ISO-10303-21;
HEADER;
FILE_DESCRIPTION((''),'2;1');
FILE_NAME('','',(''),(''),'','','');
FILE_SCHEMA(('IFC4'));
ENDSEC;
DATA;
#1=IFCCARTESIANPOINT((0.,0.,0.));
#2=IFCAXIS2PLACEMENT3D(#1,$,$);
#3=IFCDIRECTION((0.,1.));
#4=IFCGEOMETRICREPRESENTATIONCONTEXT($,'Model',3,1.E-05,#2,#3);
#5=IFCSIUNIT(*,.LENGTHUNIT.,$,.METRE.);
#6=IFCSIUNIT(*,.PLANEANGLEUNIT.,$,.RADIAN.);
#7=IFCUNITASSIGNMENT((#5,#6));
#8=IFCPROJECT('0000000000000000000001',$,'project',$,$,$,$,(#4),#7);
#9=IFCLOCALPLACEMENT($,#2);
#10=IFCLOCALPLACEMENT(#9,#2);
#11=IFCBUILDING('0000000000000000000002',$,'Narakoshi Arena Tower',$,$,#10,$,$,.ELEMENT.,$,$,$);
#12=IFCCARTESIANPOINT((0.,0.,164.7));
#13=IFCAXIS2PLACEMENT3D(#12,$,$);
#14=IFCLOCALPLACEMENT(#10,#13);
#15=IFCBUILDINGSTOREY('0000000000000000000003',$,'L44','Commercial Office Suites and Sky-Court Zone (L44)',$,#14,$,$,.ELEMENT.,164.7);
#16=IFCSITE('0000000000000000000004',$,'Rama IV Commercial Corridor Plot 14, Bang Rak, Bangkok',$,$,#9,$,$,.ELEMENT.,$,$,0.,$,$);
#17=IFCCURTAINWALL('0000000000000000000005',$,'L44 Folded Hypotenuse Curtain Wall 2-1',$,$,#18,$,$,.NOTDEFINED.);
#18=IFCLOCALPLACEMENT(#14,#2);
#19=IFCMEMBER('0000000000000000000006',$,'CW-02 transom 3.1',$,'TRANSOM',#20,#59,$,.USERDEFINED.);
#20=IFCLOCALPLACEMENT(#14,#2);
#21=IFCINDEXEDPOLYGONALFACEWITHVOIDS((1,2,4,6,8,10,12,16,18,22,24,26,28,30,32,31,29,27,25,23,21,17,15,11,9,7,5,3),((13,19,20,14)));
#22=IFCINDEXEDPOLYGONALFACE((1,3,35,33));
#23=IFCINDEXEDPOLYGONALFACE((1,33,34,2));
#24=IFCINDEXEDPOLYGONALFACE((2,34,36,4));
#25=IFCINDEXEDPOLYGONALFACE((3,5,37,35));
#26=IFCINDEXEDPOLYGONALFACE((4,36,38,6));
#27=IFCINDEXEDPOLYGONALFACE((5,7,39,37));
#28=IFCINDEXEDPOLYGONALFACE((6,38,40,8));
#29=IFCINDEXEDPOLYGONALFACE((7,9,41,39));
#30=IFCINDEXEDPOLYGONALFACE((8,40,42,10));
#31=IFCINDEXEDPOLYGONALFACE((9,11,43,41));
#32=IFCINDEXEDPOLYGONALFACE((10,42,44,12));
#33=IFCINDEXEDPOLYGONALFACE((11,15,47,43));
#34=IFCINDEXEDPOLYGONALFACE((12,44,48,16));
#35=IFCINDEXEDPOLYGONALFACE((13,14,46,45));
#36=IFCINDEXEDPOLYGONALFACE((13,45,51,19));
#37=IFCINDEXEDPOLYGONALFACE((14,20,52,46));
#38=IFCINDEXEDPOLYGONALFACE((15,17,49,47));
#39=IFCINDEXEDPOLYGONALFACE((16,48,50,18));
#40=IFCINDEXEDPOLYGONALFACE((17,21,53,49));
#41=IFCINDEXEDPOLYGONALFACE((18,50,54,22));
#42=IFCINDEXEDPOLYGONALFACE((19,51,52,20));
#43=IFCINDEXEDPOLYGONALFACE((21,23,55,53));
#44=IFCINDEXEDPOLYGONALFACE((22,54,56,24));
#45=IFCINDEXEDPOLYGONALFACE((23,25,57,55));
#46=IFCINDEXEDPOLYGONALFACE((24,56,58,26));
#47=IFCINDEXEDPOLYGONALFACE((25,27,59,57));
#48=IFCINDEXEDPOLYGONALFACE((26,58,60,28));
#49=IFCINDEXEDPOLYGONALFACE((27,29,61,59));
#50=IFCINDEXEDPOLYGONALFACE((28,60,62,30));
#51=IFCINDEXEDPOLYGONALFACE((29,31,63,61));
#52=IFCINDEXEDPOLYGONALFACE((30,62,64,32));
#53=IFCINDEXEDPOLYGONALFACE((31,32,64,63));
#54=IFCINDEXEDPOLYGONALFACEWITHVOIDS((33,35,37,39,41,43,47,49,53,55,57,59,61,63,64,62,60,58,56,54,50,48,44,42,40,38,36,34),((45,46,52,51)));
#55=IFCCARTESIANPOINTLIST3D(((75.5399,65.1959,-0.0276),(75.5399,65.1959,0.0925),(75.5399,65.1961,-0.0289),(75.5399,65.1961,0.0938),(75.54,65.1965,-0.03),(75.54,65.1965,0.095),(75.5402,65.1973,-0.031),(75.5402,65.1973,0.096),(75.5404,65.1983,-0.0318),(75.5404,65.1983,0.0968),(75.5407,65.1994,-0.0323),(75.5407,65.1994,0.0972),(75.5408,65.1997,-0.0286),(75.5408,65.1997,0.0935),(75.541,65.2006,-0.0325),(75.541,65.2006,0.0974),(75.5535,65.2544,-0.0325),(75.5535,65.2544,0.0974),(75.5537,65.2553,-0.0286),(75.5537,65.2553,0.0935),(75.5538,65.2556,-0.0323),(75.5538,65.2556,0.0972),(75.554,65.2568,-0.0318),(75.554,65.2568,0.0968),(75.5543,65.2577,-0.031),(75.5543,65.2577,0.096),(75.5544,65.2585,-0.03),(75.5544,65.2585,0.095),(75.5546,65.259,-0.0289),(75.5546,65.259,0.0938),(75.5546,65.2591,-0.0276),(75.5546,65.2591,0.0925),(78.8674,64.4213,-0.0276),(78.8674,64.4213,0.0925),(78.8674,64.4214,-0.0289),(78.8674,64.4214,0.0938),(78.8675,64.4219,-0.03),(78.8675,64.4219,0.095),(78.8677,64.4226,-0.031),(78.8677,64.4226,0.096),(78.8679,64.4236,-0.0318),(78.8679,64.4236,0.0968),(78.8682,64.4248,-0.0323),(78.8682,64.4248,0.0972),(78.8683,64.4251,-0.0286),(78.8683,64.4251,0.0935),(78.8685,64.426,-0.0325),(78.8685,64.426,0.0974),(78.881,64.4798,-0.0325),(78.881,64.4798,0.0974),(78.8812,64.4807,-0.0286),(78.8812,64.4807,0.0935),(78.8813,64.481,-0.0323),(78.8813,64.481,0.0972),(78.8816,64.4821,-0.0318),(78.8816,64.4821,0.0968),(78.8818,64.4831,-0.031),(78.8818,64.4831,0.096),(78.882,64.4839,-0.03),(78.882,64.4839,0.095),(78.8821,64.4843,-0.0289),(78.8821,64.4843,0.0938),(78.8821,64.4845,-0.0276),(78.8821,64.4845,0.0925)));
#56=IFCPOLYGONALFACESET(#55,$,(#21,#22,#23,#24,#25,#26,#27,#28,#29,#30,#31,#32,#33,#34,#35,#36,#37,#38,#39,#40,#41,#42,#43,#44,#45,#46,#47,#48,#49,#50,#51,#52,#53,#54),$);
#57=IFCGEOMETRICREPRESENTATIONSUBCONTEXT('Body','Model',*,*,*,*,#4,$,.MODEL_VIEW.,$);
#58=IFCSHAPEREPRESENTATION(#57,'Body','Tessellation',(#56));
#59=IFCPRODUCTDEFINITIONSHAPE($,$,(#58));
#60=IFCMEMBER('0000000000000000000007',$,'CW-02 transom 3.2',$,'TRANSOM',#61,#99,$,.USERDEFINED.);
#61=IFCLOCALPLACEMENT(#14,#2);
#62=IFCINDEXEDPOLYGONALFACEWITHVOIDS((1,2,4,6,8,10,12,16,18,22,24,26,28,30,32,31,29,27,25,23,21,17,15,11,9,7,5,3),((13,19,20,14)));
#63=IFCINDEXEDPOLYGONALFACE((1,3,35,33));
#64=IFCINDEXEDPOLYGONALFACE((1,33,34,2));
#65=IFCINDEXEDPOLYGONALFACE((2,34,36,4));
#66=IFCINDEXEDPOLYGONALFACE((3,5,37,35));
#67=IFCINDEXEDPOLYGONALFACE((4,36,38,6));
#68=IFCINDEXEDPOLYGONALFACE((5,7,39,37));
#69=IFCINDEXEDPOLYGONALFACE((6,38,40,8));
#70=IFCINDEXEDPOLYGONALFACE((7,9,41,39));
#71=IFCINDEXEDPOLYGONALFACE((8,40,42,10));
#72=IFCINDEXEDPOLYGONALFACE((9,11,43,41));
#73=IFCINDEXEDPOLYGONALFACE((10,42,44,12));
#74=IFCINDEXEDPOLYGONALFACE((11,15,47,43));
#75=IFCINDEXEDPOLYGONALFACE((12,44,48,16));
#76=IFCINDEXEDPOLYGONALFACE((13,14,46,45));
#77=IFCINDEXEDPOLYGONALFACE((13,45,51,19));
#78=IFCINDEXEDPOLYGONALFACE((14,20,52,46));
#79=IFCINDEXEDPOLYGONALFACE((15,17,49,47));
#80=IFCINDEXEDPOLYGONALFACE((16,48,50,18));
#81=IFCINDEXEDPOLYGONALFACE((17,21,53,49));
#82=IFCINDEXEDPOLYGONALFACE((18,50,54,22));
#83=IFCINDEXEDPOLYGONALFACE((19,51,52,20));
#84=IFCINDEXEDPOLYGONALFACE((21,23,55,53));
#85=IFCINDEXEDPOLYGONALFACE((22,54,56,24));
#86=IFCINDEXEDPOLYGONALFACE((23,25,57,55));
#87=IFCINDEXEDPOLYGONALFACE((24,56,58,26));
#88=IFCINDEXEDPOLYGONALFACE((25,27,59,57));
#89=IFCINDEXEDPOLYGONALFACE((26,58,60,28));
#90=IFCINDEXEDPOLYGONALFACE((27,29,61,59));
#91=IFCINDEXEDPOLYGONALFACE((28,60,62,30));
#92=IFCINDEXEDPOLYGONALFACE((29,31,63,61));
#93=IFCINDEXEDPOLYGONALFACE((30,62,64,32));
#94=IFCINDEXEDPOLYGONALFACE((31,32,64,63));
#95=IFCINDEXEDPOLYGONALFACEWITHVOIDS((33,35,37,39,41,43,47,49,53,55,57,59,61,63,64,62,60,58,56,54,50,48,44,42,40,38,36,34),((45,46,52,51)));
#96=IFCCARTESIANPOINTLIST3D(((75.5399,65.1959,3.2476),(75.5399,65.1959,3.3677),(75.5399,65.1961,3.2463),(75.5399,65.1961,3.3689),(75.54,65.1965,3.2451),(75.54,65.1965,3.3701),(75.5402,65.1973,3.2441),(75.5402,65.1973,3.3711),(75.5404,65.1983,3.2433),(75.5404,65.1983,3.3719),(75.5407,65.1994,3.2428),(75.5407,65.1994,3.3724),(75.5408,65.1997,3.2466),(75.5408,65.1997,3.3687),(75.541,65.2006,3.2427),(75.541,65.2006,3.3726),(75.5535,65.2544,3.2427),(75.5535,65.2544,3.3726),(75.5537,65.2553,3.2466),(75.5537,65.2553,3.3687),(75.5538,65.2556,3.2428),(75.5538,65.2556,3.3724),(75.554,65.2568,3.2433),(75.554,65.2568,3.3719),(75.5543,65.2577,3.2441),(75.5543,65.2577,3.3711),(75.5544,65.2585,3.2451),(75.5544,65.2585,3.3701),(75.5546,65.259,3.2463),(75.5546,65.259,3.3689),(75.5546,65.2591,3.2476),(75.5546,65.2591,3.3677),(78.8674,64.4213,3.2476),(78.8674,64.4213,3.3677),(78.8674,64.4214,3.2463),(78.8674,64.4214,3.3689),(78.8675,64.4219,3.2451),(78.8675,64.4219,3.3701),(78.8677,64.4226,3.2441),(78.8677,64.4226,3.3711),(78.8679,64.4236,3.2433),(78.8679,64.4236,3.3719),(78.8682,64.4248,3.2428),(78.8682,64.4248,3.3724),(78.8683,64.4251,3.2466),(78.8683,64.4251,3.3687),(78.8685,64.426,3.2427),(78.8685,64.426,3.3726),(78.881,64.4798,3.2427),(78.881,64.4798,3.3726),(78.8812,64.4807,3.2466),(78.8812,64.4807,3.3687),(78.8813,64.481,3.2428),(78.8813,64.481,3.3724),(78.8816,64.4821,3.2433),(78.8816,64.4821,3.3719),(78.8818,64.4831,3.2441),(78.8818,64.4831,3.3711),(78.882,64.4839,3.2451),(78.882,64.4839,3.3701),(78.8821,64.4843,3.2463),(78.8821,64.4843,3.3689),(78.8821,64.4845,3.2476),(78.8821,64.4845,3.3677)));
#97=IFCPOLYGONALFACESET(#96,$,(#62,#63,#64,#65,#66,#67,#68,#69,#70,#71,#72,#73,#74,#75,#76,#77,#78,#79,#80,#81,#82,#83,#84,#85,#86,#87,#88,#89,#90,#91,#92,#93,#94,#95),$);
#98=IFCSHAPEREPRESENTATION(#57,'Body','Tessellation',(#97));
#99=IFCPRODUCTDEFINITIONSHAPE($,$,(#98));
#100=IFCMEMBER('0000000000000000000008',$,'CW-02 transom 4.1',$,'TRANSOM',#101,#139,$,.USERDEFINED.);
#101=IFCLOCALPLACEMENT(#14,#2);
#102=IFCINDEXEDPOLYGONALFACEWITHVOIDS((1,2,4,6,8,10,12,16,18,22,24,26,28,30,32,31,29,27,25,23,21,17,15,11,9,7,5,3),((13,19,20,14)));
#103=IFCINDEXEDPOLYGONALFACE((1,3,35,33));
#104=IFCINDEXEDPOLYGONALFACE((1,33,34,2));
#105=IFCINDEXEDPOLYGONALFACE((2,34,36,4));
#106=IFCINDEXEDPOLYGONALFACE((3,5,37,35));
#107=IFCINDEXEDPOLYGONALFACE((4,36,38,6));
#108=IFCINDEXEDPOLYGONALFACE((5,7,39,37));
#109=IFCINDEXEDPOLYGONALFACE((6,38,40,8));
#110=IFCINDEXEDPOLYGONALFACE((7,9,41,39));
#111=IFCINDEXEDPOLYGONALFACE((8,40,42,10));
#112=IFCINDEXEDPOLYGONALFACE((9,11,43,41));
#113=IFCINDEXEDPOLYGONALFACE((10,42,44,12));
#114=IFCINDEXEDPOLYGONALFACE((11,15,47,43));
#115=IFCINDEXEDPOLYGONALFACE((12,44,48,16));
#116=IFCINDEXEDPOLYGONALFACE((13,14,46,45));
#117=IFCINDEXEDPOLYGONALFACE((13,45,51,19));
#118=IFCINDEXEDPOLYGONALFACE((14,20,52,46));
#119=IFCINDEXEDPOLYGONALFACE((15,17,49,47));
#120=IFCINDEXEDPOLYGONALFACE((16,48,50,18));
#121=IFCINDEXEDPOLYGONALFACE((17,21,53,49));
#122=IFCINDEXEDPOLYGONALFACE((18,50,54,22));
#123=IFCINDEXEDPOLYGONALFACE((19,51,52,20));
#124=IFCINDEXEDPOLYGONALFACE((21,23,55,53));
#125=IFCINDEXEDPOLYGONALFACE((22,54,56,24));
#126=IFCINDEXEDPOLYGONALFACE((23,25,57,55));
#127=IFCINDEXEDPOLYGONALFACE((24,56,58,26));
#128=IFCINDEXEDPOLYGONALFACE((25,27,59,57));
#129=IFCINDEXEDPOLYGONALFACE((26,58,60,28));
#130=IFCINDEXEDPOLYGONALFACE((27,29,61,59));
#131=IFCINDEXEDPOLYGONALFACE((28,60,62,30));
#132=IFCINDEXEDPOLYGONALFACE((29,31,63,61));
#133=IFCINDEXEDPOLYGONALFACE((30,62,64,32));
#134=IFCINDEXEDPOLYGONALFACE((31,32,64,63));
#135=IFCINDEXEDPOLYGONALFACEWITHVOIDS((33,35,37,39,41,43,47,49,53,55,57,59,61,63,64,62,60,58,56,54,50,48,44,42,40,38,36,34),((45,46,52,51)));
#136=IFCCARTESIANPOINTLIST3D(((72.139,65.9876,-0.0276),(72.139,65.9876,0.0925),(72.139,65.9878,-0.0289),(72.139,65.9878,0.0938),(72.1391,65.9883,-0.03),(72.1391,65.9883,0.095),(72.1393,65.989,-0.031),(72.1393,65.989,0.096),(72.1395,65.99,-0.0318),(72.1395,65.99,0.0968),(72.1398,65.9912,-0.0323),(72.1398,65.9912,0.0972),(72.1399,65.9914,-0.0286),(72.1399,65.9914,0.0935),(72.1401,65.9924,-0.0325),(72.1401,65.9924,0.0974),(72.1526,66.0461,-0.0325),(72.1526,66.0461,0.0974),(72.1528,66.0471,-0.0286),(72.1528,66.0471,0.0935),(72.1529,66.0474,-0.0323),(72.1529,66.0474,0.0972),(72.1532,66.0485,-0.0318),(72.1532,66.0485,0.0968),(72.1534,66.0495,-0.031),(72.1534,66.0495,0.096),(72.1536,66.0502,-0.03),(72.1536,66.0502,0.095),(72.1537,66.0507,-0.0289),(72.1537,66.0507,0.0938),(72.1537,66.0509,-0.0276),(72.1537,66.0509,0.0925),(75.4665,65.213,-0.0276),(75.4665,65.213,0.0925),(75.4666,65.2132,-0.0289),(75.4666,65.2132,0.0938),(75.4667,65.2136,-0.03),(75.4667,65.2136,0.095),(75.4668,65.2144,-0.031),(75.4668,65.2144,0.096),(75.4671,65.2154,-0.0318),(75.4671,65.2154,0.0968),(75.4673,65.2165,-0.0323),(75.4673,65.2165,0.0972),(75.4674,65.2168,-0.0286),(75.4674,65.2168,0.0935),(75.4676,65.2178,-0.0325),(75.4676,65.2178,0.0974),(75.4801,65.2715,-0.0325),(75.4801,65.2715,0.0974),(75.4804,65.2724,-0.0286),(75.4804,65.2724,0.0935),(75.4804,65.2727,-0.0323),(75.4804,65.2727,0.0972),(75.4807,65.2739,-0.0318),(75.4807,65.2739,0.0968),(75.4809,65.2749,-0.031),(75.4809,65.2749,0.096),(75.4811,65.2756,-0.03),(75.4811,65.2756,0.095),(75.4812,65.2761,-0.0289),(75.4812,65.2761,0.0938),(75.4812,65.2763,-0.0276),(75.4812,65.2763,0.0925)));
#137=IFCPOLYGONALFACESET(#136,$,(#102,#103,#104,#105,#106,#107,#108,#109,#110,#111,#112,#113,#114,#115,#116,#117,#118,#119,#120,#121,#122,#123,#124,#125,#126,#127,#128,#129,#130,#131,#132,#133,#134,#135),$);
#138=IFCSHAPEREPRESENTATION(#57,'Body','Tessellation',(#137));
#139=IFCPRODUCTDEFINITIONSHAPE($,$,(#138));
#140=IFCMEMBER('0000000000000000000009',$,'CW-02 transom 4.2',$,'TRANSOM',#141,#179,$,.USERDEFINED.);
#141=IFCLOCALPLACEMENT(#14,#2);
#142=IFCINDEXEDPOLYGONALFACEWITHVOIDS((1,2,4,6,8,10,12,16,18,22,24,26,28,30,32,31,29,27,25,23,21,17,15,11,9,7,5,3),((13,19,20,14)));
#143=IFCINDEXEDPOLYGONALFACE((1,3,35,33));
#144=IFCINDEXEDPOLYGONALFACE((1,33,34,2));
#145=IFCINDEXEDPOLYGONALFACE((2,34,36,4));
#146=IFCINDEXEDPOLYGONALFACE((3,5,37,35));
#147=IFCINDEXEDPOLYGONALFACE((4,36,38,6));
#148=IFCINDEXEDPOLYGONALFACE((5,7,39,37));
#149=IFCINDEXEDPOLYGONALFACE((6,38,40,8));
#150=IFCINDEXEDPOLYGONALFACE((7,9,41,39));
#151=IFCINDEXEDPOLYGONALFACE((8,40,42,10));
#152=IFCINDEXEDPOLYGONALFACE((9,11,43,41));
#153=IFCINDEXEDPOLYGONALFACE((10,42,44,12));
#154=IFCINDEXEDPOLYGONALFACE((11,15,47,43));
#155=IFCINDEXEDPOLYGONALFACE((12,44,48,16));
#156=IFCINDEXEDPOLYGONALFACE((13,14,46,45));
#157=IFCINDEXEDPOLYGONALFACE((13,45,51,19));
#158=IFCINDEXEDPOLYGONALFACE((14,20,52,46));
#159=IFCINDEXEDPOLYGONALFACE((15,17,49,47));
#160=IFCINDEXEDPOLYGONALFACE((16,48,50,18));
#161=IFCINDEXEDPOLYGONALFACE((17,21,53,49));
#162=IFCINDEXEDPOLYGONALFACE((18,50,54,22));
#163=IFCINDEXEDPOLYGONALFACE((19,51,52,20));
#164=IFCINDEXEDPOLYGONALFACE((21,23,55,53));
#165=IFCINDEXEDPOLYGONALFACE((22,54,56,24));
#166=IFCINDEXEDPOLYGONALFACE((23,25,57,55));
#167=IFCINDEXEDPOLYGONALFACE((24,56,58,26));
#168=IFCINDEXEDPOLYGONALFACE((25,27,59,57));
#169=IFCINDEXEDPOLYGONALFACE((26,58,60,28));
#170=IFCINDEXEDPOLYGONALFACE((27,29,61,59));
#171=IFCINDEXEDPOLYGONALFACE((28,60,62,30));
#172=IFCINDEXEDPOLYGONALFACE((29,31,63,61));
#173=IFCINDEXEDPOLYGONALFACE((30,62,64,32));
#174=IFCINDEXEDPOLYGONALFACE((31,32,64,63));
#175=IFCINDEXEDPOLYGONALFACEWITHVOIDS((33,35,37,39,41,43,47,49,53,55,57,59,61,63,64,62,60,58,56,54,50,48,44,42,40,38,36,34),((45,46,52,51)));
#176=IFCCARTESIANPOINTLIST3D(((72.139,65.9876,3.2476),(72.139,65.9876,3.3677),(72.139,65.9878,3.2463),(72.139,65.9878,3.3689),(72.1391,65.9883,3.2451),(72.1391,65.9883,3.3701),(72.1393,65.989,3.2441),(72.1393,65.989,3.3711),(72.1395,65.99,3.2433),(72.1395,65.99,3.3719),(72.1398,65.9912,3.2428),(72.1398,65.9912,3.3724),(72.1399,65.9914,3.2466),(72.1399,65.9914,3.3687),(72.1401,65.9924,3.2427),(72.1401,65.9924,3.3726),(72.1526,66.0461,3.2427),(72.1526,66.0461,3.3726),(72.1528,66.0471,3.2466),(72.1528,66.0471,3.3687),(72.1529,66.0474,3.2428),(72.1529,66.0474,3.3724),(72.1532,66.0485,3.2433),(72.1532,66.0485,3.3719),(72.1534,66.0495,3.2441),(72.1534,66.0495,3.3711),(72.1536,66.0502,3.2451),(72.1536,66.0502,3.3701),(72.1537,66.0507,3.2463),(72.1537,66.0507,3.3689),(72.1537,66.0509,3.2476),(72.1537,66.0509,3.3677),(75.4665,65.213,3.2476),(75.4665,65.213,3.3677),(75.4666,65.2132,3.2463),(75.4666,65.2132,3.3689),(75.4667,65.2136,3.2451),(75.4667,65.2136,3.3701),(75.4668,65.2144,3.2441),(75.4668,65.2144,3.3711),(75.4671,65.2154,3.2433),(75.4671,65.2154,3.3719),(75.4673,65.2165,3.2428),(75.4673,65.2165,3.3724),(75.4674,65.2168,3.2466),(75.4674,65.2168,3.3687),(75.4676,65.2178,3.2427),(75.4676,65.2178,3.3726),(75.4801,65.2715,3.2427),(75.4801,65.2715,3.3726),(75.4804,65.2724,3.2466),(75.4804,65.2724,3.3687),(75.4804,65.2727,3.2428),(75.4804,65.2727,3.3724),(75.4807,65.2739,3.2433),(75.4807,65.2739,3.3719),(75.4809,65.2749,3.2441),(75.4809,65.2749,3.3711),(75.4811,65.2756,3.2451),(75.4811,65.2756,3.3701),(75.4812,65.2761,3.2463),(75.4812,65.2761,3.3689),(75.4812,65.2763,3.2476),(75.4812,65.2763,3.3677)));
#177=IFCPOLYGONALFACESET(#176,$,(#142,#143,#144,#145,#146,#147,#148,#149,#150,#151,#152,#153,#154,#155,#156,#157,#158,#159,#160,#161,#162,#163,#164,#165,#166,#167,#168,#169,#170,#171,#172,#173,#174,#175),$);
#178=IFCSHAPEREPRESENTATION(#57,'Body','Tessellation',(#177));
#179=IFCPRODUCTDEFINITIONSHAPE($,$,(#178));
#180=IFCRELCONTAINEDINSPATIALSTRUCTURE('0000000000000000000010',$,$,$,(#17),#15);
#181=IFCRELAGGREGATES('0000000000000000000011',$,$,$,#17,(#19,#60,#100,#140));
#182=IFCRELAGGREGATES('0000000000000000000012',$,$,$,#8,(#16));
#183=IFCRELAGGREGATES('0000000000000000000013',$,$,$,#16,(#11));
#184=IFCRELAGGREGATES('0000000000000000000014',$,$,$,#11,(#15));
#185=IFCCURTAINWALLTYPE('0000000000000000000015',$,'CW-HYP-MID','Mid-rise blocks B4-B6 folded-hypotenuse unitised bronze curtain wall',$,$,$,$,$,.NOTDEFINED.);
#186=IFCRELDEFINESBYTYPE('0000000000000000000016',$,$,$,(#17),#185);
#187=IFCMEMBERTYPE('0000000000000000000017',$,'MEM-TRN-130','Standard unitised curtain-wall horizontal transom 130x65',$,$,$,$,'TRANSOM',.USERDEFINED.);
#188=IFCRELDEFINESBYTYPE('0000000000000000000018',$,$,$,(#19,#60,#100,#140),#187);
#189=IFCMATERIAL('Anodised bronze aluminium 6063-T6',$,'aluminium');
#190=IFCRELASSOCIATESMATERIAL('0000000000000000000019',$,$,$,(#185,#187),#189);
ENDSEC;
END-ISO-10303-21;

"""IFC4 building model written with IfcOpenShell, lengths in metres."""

from ifc_helpers import new_model, si_unit, direction, frame, origin, origin_2d, place, context, subcontext, project, spatial, hollow_rectangle, extrude, material, material_profile, profile_set, type_object, element, aggregate, save


model = new_model("IFC4")

# Units and contexts
model_context = context("Model", 3, precision=1e-05, world=origin(), true_north=direction((0.0, 1.0)))
body_context = subcontext(model_context, "Body", "Model", "MODEL_VIEW")
ifc_project = project(units=[si_unit("LENGTHUNIT", "METRE"), si_unit("PLANEANGLEUNIT", "RADIAN")], contexts=[model_context])

# Site, building, storey
site_placement = place(None, origin())
site = spatial("IfcSite", under=ifc_project, at=site_placement, Name="Rama IV Commercial Corridor Plot 14, Bang Rak, Bangkok", CompositionType="ELEMENT", RefElevation=0.0)
building_placement = place(site_placement, origin())
building = spatial("IfcBuilding", under=site, at=building_placement, Name="Narakoshi Arena Tower", CompositionType="ELEMENT")
storey_placement = place(building_placement, frame((0.0, 0.0, 164.7)))
storey = spatial("IfcBuildingStorey", under=building, at=storey_placement, Name="L44", Description="Commercial Office Suites and Sky-Court Zone (L44)", CompositionType="ELEMENT", Elevation=164.7)

# Curtain wall, members
ifc_material_1 = material(Name="Anodised bronze aluminium 6063-T6", Category="aluminium")
curtain_wall_type = type_object("IfcCurtainWallType", Name="CW-HYP-MID", Description="Mid-rise blocks B4-B6 folded-hypotenuse unitised bronze curtain wall", PredefinedType="NOTDEFINED", material=ifc_material_1)
curtain_wall_placement = place(storey_placement, origin())
curtain_wall = element("IfcCurtainWall", 1, at=curtain_wall_placement, inside=storey, type_object=curtain_wall_type, Name="L44 Folded Hypotenuse Curtain Wall 2-1", PredefinedType="NOTDEFINED")
ifc_material_profile_1 = material_profile(ifc_material_1, hollow_rectangle(XDim=0.0649, YDim=0.1299, WallThickness=0.0039, OuterFilletRadius=0.0049, at=origin_2d()), Name="TRN130x65x4")
ifc_profile_set_1 = profile_set([ifc_material_profile_1], Name="Anodised bronze aluminium 6063-T6")
member_type_1 = type_object("IfcMemberType", Name="MEM-TRN-130", Description="Standard unitised curtain-wall horizontal transom 130x65", ElementType="TRANSOM", PredefinedType="USERDEFINED", material=ifc_profile_set_1)
member_1_placement = place(storey_placement, frame((78.8748, 64.4529, 0.0325), z_axis=(-0.973957, 0.226733, 0.0), x_axis=(-0.226733, -0.973957, 0.0)))
member_1 = element("IfcMember", 2, at=member_1_placement, type_object=member_type_1, Name="CW-02 transom 3.1", ObjectType="TRANSOM", PredefinedType="USERDEFINED", context=body_context, shape_type="SweptSolid", body=[
    extrude(hollow_rectangle(XDim=0.0649, YDim=0.1299, WallThickness=0.0039, OuterFilletRadius=0.0049, at=origin_2d()), origin(), (0.0, 0.0, 1.0), 3.4165),
])
member_2_placement = place(storey_placement, frame((78.8748, 64.4529, 3.3076), z_axis=(-0.973957, 0.226733, 0.0), x_axis=(-0.226733, -0.973957, 0.0)))
member_2 = element("IfcMember", 3, at=member_2_placement, type_object=member_type_1, Name="CW-02 transom 3.2", ObjectType="TRANSOM", PredefinedType="USERDEFINED", context=body_context, shape_type="SweptSolid", body=[
    extrude(hollow_rectangle(XDim=0.0649, YDim=0.1299, WallThickness=0.0039, OuterFilletRadius=0.0049, at=origin_2d()), origin(), (0.0, 0.0, 1.0), 3.4165),
])
member_3_placement = place(storey_placement, frame((75.4739, 65.2446, 0.0325), z_axis=(-0.973957, 0.226733, 0.0), x_axis=(-0.226733, -0.973957, 0.0)))
member_3 = element("IfcMember", 4, at=member_3_placement, type_object=member_type_1, Name="CW-02 transom 4.1", ObjectType="TRANSOM", PredefinedType="USERDEFINED", context=body_context, shape_type="SweptSolid", body=[
    extrude(hollow_rectangle(XDim=0.0649, YDim=0.1299, WallThickness=0.0039, OuterFilletRadius=0.0049, at=origin_2d()), origin(), (0.0, 0.0, 1.0), 3.4165),
])
member_4_placement = place(storey_placement, frame((75.4739, 65.2446, 3.3076), z_axis=(-0.973957, 0.226733, 0.0), x_axis=(-0.226733, -0.973957, 0.0)))
member_4 = element("IfcMember", 5, at=member_4_placement, type_object=member_type_1, Name="CW-02 transom 4.2", ObjectType="TRANSOM", PredefinedType="USERDEFINED", context=body_context, shape_type="SweptSolid", body=[
    extrude(hollow_rectangle(XDim=0.0649, YDim=0.1299, WallThickness=0.0039, OuterFilletRadius=0.0049, at=origin_2d()), origin(), (0.0, 0.0, 1.0), 3.4165),
])
aggregate(curtain_wall, [member_1, member_2, member_3, member_4])

save(model, "model.ifc")
